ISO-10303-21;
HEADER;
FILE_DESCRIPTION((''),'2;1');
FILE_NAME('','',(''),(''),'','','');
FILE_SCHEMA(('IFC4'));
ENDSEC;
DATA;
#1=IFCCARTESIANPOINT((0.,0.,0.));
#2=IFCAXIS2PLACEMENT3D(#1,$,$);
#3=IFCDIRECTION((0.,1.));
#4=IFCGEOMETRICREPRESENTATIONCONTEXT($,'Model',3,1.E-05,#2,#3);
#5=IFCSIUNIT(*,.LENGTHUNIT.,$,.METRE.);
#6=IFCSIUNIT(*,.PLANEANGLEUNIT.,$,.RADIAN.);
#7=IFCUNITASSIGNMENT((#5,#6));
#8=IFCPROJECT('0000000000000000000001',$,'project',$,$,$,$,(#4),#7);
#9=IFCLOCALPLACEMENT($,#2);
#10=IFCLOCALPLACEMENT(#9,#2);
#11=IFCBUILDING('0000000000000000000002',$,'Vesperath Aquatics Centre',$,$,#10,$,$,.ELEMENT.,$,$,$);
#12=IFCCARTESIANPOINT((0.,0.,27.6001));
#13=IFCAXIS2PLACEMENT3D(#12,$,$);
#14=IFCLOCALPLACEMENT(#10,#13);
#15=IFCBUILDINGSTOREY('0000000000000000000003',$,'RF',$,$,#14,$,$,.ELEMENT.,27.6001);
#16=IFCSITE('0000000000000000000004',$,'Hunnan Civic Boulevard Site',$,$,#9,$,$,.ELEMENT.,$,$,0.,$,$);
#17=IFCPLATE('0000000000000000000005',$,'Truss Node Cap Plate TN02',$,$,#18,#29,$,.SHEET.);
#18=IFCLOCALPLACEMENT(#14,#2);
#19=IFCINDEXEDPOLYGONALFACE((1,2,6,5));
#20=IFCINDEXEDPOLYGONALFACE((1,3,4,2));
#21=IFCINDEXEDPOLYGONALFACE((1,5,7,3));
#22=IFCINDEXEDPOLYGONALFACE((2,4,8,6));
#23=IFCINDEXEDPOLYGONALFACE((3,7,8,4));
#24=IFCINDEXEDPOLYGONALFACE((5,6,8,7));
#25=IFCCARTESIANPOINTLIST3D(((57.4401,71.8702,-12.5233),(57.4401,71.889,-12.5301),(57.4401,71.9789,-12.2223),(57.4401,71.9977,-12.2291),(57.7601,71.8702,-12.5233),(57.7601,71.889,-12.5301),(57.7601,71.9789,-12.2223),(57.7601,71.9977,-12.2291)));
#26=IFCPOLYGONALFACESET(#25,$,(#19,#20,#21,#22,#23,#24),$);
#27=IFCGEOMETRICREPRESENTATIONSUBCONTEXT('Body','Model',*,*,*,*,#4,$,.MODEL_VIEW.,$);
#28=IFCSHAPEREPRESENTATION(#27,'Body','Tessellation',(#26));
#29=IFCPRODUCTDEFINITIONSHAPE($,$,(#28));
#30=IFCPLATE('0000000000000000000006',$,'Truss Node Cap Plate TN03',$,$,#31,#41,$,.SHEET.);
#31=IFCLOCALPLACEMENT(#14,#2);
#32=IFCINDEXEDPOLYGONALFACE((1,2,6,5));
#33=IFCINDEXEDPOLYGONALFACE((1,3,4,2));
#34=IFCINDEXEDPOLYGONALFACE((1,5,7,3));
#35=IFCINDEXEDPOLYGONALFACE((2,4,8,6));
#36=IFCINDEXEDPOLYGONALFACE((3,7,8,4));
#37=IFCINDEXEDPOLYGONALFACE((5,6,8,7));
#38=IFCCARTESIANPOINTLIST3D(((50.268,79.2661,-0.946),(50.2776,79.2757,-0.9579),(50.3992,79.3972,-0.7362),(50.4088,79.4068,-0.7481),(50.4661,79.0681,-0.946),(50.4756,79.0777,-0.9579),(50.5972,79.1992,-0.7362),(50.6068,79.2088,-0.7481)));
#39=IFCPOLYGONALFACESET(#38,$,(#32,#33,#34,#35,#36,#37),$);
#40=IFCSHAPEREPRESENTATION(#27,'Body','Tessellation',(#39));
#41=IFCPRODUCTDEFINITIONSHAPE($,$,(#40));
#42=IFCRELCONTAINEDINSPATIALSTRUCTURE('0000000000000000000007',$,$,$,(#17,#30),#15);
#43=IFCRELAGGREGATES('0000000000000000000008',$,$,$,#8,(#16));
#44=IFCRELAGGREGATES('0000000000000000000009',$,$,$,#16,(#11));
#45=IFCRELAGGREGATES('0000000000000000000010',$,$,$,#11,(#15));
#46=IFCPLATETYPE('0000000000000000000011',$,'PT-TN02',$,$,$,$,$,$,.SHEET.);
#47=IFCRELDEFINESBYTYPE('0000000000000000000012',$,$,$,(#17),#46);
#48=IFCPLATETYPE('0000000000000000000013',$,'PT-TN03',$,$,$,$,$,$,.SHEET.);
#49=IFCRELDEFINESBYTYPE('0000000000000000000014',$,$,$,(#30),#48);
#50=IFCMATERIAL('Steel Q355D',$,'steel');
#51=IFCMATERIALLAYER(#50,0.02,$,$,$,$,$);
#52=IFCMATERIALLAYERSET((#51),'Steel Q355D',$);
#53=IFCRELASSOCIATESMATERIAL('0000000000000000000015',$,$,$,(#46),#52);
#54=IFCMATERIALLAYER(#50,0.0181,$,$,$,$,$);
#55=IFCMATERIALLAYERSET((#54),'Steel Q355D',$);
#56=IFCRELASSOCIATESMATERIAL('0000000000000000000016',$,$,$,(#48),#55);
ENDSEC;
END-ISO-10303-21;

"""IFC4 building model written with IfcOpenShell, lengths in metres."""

from ifc_helpers import new_model, si_unit, direction, frame, origin, origin_2d, place, context, subcontext, project, spatial, rectangle, extrude, material, layer, layer_set, type_object, element, save


model = new_model("IFC4")

# Units and contexts
model_context = context("Model", 3, precision=1e-05, world=origin(), true_north=direction((0.0, 1.0)))
body_context = subcontext(model_context, "Body", "Model", "MODEL_VIEW")
ifc_project = project(units=[si_unit("LENGTHUNIT", "METRE"), si_unit("PLANEANGLEUNIT", "RADIAN")], contexts=[model_context])

# Site, building, storey
site_placement = place(None, origin())
site = spatial("IfcSite", under=ifc_project, at=site_placement, Name="Hunnan Civic Boulevard Site", CompositionType="ELEMENT", RefElevation=0.0)
building_placement = place(site_placement, origin())
building = spatial("IfcBuilding", under=site, at=building_placement, Name="Vesperath Aquatics Centre", CompositionType="ELEMENT")
storey_placement = place(building_placement, frame((0.0, 0.0, 27.6001)))
storey = spatial("IfcBuildingStorey", under=building, at=storey_placement, Name="RF", CompositionType="ELEMENT", Elevation=27.6001)

# Shared definitions
ifc_material_1 = material(Name="Steel Q355D", Category="steel")

# Plates
ifc_layer_1 = layer(ifc_material_1, 0.02)
ifc_layer_set_1 = layer_set([ifc_layer_1], Name="Steel Q355D")
plate_type_1 = type_object("IfcPlateType", Name="PT-TN02", PredefinedType="SHEET", material=ifc_layer_set_1)
plate_1_placement = place(storey_placement, frame((57.6001, 71.9246, -12.3728), z_axis=(0.0, 0.940554, -0.339644), x_axis=(-1.0, 0.0, 0.0)))
element("IfcPlate", 1, at=plate_1_placement, inside=storey, type_object=plate_type_1, Name="Truss Node Cap Plate TN02", PredefinedType="SHEET", context=body_context, shape_type="SweptSolid", body=[
    extrude(rectangle(XDim=0.3201, YDim=0.3201, at=origin_2d()), origin(), (0.0, 0.0, 1.0), 0.02),
])
ifc_layer_2 = layer(ifc_material_1, 0.0181)
ifc_layer_set_2 = layer_set([ifc_layer_2], Name="Steel Q355D")
plate_type_2 = type_object("IfcPlateType", Name="PT-TN03", PredefinedType="SHEET", material=ifc_layer_set_2)
plate_2_placement = place(storey_placement, frame((50.4326, 79.2327, -0.8411), z_axis=(0.529813, 0.529813, -0.662266), x_axis=(-0.707107, 0.707107, 0.0)))
element("IfcPlate", 2, at=plate_2_placement, inside=storey, type_object=plate_type_2, Name="Truss Node Cap Plate TN03", PredefinedType="SHEET", context=body_context, shape_type="SweptSolid", body=[
    extrude(rectangle(XDim=0.28, YDim=0.28, at=origin_2d()), origin(), (0.0, 0.0, 1.0), 0.0181),
])

save(model, "model.ifc")
